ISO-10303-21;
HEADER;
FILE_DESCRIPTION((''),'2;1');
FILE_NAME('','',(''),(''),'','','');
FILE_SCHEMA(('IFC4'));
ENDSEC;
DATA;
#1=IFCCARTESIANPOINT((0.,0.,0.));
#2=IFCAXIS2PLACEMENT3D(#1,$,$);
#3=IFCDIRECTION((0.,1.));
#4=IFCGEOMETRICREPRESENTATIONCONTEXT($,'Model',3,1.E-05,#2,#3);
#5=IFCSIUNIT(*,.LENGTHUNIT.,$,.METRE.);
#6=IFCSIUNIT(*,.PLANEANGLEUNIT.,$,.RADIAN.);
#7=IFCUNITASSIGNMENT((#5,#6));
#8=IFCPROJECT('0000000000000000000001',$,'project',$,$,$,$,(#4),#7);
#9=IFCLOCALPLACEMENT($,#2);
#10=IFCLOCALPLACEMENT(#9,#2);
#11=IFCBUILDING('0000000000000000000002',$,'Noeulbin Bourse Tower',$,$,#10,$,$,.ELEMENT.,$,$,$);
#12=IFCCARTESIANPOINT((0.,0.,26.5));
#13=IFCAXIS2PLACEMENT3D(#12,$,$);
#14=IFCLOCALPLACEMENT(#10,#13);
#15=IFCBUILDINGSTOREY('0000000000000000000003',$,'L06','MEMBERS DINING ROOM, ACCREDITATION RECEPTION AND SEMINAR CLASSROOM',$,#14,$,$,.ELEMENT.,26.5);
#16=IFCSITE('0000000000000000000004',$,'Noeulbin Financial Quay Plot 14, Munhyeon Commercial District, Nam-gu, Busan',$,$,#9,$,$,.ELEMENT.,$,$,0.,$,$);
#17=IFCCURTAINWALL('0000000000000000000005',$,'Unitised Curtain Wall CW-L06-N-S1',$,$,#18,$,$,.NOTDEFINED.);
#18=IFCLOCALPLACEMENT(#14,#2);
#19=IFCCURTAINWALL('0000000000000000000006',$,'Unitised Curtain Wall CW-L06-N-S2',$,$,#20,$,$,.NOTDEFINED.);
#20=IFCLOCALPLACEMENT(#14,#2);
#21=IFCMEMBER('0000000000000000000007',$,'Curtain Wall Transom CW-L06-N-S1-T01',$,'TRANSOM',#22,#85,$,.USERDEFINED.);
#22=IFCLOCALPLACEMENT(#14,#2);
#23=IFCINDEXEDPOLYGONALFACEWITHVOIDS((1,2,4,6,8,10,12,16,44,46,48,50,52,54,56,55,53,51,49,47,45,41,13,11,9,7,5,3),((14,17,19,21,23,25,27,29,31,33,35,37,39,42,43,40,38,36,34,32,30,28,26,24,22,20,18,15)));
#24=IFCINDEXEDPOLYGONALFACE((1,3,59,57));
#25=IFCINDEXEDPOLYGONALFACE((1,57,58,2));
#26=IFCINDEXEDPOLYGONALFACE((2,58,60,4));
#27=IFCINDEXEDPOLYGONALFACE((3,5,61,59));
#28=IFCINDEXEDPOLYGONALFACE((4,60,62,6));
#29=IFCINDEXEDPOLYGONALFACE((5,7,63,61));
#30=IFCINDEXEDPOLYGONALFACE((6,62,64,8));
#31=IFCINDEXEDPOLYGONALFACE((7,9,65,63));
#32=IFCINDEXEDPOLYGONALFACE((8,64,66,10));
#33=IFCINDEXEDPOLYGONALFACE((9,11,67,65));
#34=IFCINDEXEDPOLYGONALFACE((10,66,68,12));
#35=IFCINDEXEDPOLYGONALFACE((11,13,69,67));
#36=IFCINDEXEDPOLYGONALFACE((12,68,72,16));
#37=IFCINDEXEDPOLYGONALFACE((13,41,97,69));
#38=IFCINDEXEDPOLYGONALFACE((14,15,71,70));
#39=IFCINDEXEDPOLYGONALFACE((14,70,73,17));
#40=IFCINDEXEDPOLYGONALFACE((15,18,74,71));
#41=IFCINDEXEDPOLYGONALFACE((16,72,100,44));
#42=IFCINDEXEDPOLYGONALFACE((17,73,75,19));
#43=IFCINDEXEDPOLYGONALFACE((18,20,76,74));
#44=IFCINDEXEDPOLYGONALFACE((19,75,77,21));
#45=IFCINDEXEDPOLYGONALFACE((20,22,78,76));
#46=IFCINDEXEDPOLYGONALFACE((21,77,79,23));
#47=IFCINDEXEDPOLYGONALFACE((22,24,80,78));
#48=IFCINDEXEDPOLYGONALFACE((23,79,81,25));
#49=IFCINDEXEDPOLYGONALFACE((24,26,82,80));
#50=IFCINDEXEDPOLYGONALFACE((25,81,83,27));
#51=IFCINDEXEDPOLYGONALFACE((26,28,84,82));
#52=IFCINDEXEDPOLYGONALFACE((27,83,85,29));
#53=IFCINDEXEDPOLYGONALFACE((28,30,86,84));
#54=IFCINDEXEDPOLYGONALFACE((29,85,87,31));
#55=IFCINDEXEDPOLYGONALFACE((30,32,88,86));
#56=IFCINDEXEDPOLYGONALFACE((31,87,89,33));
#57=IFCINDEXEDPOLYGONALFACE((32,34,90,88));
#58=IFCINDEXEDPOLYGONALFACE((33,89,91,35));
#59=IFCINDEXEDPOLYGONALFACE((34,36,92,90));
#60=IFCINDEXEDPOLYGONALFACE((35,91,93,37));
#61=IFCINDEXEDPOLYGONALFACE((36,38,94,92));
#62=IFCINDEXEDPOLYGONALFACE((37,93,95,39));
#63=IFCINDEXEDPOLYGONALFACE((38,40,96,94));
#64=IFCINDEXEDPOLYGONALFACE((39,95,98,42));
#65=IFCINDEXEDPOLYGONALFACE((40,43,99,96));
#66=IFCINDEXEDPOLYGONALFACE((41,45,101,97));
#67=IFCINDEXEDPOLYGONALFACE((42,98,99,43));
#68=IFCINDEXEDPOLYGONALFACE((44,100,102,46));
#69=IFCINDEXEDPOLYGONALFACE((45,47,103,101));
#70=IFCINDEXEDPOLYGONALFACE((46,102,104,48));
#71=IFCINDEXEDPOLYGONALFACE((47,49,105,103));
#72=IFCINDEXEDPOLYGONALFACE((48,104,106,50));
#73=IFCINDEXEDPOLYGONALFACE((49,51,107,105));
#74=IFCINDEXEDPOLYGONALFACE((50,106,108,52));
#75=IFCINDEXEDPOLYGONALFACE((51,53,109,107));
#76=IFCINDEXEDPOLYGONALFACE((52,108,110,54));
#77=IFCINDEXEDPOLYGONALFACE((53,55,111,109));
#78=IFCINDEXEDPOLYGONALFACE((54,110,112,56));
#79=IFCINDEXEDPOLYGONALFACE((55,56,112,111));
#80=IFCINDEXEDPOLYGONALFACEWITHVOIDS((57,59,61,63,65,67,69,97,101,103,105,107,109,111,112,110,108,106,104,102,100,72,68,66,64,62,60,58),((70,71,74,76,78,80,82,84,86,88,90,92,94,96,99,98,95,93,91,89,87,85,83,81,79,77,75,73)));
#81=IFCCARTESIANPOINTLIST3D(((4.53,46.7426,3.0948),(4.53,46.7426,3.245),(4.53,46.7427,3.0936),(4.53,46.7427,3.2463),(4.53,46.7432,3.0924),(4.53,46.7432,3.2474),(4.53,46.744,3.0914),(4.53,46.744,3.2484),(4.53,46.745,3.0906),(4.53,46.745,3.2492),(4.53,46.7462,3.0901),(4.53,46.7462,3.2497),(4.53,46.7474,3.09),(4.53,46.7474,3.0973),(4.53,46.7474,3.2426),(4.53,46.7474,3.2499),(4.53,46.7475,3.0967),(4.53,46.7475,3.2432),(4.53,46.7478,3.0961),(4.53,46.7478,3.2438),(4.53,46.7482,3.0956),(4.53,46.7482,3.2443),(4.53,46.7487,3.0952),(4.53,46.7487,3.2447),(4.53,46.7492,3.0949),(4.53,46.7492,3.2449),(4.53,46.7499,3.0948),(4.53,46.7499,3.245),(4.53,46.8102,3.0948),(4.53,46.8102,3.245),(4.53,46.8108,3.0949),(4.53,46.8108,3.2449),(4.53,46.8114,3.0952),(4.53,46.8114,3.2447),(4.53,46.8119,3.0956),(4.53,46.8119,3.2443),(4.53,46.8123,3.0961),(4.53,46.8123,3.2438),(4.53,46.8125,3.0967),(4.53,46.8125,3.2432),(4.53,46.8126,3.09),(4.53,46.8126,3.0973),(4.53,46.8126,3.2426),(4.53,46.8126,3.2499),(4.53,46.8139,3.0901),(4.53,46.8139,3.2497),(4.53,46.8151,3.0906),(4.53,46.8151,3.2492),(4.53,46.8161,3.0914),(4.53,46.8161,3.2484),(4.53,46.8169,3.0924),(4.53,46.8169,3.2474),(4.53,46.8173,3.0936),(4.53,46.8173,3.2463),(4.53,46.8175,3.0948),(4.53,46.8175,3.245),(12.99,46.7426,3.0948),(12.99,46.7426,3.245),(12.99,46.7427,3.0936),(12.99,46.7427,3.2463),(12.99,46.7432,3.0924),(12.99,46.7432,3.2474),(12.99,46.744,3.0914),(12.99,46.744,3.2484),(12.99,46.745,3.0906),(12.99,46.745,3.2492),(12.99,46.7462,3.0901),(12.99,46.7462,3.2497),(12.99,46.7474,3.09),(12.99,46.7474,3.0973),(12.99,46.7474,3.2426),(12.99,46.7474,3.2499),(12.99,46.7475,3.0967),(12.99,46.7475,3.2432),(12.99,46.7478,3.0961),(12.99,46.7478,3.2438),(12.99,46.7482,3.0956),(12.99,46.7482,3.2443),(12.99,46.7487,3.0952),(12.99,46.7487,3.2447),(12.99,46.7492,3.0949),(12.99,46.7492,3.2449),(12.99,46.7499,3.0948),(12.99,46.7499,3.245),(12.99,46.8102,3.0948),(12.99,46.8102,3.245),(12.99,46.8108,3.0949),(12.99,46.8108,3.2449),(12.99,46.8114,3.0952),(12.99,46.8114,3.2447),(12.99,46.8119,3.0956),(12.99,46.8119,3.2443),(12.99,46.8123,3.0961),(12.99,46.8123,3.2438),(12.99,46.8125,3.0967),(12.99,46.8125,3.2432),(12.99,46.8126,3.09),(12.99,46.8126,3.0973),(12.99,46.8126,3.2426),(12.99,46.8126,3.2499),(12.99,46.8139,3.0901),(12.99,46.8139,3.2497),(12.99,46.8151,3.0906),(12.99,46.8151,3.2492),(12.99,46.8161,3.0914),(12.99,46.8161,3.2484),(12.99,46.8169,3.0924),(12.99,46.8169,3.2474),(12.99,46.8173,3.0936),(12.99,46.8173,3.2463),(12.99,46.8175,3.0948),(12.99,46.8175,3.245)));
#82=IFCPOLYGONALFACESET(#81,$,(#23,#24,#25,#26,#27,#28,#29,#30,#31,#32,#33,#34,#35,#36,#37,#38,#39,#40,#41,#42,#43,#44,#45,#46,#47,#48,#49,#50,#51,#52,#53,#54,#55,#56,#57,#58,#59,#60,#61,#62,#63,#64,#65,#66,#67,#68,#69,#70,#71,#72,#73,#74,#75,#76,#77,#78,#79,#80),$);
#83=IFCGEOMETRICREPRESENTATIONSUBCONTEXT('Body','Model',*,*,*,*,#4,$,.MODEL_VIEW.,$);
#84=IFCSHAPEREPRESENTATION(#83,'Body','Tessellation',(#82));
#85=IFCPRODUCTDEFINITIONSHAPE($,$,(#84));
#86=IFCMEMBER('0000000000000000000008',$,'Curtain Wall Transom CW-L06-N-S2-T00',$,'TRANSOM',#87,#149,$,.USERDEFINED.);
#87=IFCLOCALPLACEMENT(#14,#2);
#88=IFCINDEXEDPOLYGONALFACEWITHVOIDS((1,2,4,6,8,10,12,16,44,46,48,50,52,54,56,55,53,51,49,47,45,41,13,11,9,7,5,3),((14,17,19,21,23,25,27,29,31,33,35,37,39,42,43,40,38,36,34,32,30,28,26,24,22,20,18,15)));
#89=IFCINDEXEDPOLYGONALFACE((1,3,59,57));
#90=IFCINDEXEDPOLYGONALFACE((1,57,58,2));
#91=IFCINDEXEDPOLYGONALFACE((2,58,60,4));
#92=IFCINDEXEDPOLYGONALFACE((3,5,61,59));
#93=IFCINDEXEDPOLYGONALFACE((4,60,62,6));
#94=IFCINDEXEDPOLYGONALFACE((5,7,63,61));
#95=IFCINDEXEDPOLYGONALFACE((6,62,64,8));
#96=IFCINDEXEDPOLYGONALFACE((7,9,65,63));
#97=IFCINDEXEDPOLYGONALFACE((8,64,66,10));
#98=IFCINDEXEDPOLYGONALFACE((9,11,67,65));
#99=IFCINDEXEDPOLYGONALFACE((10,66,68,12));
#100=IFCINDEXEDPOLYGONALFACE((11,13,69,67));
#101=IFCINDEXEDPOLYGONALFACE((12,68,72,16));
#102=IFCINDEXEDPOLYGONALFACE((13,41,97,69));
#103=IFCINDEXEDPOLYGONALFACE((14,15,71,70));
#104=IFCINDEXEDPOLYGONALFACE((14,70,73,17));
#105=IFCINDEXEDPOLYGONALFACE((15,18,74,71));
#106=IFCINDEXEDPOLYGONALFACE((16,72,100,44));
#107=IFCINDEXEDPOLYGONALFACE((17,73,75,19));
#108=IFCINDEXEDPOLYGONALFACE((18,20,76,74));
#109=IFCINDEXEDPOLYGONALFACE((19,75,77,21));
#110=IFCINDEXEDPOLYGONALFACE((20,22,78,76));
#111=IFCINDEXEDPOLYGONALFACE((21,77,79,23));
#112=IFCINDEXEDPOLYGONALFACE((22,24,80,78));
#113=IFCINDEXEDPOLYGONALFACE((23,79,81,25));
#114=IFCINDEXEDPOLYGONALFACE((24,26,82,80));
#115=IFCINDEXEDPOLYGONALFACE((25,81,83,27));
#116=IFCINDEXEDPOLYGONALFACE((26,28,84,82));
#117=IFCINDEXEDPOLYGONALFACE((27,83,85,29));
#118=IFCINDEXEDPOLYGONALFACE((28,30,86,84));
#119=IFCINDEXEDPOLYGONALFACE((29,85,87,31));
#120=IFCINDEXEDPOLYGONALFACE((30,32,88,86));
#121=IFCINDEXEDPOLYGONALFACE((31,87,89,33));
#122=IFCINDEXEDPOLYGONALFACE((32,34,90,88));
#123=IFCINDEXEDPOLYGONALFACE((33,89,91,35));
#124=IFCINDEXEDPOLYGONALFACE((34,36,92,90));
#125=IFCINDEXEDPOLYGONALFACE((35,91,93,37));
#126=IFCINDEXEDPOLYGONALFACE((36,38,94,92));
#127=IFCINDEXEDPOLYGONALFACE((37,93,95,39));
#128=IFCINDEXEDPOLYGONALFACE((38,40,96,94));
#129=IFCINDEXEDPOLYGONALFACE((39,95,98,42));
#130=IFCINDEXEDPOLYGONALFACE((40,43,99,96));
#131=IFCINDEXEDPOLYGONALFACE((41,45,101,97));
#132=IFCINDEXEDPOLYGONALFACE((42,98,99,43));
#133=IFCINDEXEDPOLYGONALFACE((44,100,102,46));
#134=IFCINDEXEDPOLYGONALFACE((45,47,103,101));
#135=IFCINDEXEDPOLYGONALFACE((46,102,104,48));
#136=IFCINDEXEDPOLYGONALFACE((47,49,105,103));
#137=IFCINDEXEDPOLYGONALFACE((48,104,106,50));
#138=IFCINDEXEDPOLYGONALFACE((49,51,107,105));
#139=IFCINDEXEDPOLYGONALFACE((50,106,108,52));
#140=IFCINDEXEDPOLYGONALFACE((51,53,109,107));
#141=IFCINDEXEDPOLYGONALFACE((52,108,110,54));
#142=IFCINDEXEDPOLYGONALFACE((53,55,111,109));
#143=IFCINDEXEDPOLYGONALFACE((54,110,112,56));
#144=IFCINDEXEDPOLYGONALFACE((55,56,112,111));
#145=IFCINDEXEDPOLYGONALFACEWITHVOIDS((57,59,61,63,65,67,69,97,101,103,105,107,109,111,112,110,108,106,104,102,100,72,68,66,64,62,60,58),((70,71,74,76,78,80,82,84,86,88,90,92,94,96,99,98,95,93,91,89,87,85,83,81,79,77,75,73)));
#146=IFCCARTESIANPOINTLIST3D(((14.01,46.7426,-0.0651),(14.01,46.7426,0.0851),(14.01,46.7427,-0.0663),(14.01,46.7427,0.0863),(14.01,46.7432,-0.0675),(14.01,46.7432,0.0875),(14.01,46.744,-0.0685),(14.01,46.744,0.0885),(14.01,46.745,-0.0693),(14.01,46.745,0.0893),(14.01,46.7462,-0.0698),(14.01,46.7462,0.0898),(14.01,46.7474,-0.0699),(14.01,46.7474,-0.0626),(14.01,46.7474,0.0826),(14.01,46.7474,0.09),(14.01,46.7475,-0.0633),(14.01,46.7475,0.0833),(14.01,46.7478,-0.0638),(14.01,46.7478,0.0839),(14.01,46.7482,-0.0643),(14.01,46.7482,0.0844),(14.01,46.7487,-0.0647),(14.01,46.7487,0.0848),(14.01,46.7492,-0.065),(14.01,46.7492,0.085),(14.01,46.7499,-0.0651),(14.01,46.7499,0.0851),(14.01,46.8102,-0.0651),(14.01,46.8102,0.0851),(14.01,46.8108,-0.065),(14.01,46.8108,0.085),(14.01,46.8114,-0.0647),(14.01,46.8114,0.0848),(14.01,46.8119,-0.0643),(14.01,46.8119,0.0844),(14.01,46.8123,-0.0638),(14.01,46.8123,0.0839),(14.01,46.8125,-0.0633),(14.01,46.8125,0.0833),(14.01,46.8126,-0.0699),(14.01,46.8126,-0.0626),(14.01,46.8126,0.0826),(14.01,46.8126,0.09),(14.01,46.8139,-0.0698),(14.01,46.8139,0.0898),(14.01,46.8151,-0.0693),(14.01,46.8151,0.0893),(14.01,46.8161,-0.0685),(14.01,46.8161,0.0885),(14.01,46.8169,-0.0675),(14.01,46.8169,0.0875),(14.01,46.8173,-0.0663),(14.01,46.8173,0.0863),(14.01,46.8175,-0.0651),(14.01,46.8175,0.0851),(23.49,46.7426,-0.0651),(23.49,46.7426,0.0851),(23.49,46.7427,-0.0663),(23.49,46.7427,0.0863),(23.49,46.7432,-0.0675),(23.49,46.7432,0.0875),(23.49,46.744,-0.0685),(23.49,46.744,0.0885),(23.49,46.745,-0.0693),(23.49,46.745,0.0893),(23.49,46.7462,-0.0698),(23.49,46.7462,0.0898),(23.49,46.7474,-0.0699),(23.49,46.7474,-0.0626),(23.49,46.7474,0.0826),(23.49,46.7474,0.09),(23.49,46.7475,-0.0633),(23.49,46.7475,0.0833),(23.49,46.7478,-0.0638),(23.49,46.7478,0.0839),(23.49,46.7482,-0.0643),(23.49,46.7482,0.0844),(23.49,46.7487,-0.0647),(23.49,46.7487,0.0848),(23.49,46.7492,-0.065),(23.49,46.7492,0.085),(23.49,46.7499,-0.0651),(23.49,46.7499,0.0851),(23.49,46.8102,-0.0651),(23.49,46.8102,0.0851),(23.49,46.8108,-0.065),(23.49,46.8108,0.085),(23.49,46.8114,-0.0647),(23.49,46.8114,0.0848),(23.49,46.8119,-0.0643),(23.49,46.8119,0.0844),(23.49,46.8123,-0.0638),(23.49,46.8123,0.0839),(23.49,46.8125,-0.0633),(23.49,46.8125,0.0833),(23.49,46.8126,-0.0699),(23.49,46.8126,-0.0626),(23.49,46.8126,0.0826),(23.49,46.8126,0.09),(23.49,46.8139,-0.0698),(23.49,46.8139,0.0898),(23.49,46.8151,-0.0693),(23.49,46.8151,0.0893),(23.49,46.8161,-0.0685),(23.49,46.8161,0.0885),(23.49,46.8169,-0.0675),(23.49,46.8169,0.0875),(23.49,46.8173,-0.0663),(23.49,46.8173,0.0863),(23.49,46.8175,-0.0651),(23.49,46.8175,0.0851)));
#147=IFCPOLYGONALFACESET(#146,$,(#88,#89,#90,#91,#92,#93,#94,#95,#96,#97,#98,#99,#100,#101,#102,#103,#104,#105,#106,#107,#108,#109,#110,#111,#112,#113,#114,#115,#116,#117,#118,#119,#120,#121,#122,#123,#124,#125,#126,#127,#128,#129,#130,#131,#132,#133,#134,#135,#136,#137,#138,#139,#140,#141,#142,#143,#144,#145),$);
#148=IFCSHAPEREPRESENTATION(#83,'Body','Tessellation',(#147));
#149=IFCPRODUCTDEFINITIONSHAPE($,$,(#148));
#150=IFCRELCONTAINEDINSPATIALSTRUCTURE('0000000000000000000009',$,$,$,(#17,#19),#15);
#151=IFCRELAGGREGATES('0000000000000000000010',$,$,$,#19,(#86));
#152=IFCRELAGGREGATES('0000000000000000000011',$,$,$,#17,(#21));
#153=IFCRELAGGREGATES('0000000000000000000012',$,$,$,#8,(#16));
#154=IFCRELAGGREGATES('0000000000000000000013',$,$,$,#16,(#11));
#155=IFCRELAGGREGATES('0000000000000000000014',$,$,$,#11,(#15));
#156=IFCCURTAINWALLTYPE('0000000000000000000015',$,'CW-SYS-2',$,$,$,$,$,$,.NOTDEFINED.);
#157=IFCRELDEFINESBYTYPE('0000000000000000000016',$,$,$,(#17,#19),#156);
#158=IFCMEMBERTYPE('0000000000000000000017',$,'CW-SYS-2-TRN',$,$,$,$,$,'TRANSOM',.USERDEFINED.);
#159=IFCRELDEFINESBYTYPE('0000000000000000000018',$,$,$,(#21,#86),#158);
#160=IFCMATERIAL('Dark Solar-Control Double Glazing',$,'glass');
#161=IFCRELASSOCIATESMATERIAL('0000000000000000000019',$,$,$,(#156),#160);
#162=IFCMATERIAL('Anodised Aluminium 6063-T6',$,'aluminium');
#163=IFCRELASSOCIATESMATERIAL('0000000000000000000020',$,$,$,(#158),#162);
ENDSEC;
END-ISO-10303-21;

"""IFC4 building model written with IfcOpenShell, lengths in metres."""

from ifc_helpers import new_model, si_unit, direction, frame, origin, origin_2d, place, context, subcontext, project, spatial, hollow_rectangle, extrude, material, material_profile, profile_set, type_object, element, aggregate, save


model = new_model("IFC4")

# Units and contexts
model_context = context("Model", 3, precision=1e-05, world=origin(), true_north=direction((0.0, 1.0)))
body_context = subcontext(model_context, "Body", "Model", "MODEL_VIEW")
ifc_project = project(units=[si_unit("LENGTHUNIT", "METRE"), si_unit("PLANEANGLEUNIT", "RADIAN")], contexts=[model_context])

# Site, building, storey
site_placement = place(None, origin())
site = spatial("IfcSite", under=ifc_project, at=site_placement, Name="Noeulbin Financial Quay Plot 14, Munhyeon Commercial District, Nam-gu, Busan", CompositionType="ELEMENT", RefElevation=0.0)
building_placement = place(site_placement, origin())
building = spatial("IfcBuilding", under=site, at=building_placement, Name="Noeulbin Bourse Tower", CompositionType="ELEMENT")
storey_placement = place(building_placement, frame((0.0, 0.0, 26.5)))
storey = spatial("IfcBuildingStorey", under=building, at=storey_placement, Name="L06", Description="MEMBERS DINING ROOM, ACCREDITATION RECEPTION AND SEMINAR CLASSROOM", CompositionType="ELEMENT", Elevation=26.5)

# Curtain wall
ifc_material_1 = material(Name="Dark Solar-Control Double Glazing", Category="glass")
curtain_wall_type = type_object("IfcCurtainWallType", Name="CW-SYS-2", PredefinedType="NOTDEFINED", material=ifc_material_1)
curtain_wall_1_placement = place(storey_placement, origin())
curtain_wall_1 = element("IfcCurtainWall", 1, at=curtain_wall_1_placement, inside=storey, type_object=curtain_wall_type, Name="Unitised Curtain Wall CW-L06-N-S1", PredefinedType="NOTDEFINED")
ifc_material_2 = material(Name="Anodised Aluminium 6063-T6", Category="aluminium")

# Curtain wall
curtain_wall_2_placement = place(storey_placement, origin())
curtain_wall_2 = element("IfcCurtainWall", 2, at=curtain_wall_2_placement, inside=storey, type_object=curtain_wall_type, Name="Unitised Curtain Wall CW-L06-N-S2", PredefinedType="NOTDEFINED")

# Members
ifc_material_profile_1 = material_profile(ifc_material_2, hollow_rectangle(XDim=0.075, YDim=0.1599, WallThickness=0.0049, InnerFilletRadius=0.0024, OuterFilletRadius=0.0049, at=origin_2d()), Name="ALU-TRAN-75x160x5", Category="LoadBearing")
ifc_profile_set_1 = profile_set([ifc_material_profile_1], Name="Anodised Aluminium 6063-T6")
member_type_1 = type_object("IfcMemberType", Name="CW-SYS-2-TRN", ElementType="TRANSOM", PredefinedType="USERDEFINED", material=ifc_profile_set_1)
member_1_placement = place(storey_placement, frame((4.53, 46.78, 3.1699), z_axis=(1.0, 0.0, 0.0), x_axis=(0.0, 1.0, 0.0)))
member_1 = element("IfcMember", 3, at=member_1_placement, type_object=member_type_1, Name="Curtain Wall Transom CW-L06-N-S1-T01", ObjectType="TRANSOM", PredefinedType="USERDEFINED", context=body_context, shape_type="SweptSolid", body=[
    extrude(hollow_rectangle(XDim=0.075, YDim=0.1599, WallThickness=0.0049, InnerFilletRadius=0.0024, OuterFilletRadius=0.0049, at=origin_2d()), origin(), (0.0, 0.0, 1.0), 8.46),
])
member_2_placement = place(storey_placement, frame((14.01, 46.78, 0.01), z_axis=(1.0, 0.0, 0.0), x_axis=(0.0, 1.0, 0.0)))
member_2 = element("IfcMember", 4, at=member_2_placement, type_object=member_type_1, Name="Curtain Wall Transom CW-L06-N-S2-T00", ObjectType="TRANSOM", PredefinedType="USERDEFINED", context=body_context, shape_type="SweptSolid", body=[
    extrude(hollow_rectangle(XDim=0.075, YDim=0.1599, WallThickness=0.0049, InnerFilletRadius=0.0024, OuterFilletRadius=0.0049, at=origin_2d()), origin(), (0.0, 0.0, 1.0), 9.48),
])
aggregate(curtain_wall_2, [member_2])

aggregate(curtain_wall_1, [member_1])

save(model, "model.ifc")
